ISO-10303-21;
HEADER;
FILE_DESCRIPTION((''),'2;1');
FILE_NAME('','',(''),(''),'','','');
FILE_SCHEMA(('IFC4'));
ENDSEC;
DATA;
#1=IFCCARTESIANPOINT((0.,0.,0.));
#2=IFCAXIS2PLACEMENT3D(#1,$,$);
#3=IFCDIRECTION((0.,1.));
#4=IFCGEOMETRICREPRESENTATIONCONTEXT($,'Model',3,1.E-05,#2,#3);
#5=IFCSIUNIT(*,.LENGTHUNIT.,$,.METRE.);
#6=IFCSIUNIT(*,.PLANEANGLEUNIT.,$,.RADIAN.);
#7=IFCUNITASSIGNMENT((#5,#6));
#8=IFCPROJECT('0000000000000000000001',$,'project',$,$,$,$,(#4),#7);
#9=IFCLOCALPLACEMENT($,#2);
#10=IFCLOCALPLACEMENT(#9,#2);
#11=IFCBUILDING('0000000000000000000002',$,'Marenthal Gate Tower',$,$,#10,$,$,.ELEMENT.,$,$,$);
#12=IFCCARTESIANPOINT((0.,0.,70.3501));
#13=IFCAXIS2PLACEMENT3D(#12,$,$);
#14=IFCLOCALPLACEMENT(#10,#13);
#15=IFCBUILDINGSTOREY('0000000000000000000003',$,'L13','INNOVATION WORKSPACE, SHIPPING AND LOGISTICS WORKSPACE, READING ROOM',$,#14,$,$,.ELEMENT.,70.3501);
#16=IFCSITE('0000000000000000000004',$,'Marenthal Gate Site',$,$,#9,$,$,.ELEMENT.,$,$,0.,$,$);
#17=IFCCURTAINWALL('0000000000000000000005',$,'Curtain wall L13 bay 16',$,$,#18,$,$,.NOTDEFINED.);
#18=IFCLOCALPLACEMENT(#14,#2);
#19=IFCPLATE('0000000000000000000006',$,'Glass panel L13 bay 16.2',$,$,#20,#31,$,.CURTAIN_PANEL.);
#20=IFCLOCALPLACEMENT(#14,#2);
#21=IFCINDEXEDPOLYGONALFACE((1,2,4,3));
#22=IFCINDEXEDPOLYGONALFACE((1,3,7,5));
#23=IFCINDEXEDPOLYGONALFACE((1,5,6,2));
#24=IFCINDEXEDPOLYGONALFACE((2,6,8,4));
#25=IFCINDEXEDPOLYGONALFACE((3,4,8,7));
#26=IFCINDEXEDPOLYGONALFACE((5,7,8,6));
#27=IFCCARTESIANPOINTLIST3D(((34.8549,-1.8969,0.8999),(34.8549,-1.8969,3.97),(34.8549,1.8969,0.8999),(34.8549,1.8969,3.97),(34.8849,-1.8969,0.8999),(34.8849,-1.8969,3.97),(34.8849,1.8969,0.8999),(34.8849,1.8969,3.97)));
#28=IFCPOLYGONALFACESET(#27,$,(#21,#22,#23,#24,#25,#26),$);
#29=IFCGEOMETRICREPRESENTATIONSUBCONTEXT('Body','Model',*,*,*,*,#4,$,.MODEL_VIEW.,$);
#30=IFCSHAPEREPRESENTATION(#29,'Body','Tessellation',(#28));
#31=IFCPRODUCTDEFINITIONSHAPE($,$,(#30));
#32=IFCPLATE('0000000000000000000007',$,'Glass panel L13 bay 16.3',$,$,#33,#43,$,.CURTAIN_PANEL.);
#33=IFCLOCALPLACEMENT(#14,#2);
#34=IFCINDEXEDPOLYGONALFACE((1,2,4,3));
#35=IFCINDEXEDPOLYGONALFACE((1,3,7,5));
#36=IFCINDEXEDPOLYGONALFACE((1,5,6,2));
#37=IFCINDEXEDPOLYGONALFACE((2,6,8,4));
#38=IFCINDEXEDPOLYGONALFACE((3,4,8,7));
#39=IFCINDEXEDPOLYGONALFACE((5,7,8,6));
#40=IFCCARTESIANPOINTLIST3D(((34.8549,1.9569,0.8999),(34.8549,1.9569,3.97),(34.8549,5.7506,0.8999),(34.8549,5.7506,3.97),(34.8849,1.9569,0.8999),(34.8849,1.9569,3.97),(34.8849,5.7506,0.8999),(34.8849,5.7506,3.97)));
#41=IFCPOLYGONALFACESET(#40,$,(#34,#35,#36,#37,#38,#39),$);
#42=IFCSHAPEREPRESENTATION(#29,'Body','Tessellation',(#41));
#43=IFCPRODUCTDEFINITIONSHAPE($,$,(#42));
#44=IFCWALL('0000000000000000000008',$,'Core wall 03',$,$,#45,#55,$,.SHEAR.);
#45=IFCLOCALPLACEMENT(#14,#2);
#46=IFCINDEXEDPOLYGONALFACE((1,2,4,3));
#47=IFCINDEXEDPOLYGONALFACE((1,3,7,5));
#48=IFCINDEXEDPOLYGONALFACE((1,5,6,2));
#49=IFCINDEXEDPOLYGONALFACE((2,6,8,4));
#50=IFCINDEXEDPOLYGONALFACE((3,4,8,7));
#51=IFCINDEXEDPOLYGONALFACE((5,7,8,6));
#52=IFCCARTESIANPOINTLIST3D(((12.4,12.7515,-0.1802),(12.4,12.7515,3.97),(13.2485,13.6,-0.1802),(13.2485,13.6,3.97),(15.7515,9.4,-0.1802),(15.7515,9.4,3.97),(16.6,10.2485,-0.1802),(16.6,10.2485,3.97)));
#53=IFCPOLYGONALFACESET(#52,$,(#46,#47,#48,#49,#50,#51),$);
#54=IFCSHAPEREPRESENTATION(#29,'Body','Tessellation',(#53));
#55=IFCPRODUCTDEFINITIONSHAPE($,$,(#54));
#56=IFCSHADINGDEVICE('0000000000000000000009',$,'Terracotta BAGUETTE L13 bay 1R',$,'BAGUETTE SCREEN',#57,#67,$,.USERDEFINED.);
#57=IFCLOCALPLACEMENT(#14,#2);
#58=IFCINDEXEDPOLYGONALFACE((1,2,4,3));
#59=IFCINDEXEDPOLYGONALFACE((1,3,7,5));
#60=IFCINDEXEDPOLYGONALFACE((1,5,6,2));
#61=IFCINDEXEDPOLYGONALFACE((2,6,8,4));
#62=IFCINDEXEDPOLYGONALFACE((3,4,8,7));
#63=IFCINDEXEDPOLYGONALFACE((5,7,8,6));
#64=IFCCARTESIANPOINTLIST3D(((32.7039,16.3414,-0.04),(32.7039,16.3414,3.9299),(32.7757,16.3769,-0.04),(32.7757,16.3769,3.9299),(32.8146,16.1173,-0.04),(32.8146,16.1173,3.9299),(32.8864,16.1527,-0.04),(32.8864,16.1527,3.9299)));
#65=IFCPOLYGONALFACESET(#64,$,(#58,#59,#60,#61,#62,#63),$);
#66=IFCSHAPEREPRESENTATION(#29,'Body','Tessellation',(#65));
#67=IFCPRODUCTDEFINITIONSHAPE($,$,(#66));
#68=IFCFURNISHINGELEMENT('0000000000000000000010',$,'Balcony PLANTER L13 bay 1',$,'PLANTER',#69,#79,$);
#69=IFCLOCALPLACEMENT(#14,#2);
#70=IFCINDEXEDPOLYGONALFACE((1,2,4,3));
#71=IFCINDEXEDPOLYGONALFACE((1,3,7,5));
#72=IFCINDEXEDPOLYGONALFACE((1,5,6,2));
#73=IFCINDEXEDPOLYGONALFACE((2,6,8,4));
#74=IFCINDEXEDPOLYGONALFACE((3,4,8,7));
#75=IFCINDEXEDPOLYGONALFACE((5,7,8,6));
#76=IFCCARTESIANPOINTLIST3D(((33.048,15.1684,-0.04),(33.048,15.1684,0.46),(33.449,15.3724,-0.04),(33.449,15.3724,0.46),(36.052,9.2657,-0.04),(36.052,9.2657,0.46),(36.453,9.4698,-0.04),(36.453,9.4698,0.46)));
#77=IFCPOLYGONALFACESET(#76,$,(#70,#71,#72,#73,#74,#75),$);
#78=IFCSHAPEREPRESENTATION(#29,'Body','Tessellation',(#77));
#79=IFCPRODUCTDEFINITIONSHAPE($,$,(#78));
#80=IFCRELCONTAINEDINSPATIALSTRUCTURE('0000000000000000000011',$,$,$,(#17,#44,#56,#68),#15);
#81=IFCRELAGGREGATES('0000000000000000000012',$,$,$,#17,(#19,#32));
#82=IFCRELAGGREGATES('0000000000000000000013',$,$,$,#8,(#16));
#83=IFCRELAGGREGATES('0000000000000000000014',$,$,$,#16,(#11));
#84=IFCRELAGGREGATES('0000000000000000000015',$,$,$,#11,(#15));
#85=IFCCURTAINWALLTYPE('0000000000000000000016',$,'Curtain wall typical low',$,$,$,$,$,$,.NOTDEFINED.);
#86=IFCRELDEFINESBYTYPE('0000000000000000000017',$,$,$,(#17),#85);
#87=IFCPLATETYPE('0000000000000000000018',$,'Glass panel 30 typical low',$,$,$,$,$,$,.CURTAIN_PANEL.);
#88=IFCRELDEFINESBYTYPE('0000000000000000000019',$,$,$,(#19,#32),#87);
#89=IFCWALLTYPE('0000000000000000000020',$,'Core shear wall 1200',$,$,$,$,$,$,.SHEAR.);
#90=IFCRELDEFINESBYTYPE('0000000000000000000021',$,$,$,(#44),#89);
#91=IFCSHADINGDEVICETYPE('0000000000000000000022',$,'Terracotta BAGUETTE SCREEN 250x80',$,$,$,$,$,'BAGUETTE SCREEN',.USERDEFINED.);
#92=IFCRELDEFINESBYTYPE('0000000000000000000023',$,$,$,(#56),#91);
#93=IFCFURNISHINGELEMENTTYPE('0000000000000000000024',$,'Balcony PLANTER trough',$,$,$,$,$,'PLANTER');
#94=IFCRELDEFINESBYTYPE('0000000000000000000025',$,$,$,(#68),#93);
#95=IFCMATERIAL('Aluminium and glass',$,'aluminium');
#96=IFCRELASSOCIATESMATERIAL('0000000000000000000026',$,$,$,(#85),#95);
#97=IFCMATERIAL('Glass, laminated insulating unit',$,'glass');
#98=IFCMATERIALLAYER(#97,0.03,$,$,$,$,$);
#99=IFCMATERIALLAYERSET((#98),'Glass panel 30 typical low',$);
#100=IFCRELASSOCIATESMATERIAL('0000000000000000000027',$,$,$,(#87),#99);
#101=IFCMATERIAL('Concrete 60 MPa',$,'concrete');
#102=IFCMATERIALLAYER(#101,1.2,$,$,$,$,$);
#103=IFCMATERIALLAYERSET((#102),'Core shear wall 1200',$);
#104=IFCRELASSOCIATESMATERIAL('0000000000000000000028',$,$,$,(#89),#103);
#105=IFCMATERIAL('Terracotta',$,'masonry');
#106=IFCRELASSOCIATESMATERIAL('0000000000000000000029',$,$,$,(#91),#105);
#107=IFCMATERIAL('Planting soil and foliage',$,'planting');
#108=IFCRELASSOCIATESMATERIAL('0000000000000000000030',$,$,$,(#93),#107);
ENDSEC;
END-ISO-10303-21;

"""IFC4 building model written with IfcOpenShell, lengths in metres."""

from ifc_helpers import new_model, si_unit, direction, frame, frame_2d, origin, origin_2d, place, context, subcontext, project, spatial, rectangle, extrude, material, layer, layer_set, material_profile, profile_set, type_object, element, aggregate, save


model = new_model("IFC4")

# Units and contexts
model_context = context("Model", 3, precision=1e-05, world=origin(), true_north=direction((0.0, 1.0)))
body_context = subcontext(model_context, "Body", "Model", "MODEL_VIEW")
ifc_project = project(units=[si_unit("LENGTHUNIT", "METRE"), si_unit("PLANEANGLEUNIT", "RADIAN")], contexts=[model_context])

# Site, building, storey
site_placement = place(None, origin())
site = spatial("IfcSite", under=ifc_project, at=site_placement, Name="Marenthal Gate Site", CompositionType="ELEMENT", RefElevation=0.0)
building_placement = place(site_placement, origin())
building = spatial("IfcBuilding", under=site, at=building_placement, Name="Marenthal Gate Tower", CompositionType="ELEMENT")
storey_placement = place(building_placement, frame((0.0, 0.0, 70.3501)))
storey = spatial("IfcBuildingStorey", under=building, at=storey_placement, Name="L13", Description="INNOVATION WORKSPACE, SHIPPING AND LOGISTICS WORKSPACE, READING ROOM", CompositionType="ELEMENT", Elevation=70.3501)

# Curtain wall
ifc_material_1 = material(Name="Aluminium and glass", Category="aluminium")
curtain_wall_type = type_object("IfcCurtainWallType", Name="Curtain wall typical low", PredefinedType="NOTDEFINED", material=ifc_material_1)
curtain_wall_placement = place(storey_placement, origin())
curtain_wall = element("IfcCurtainWall", 1, at=curtain_wall_placement, inside=storey, type_object=curtain_wall_type, Name="Curtain wall L13 bay 16", PredefinedType="NOTDEFINED")

# Plates
ifc_material_2 = material(Name="Glass, laminated insulating unit", Category="glass")
ifc_layer_1 = layer(ifc_material_2, 0.03)
ifc_layer_set_1 = layer_set([ifc_layer_1], Name="Glass panel 30 typical low")
plate_type = type_object("IfcPlateType", Name="Glass panel 30 typical low", PredefinedType="CURTAIN_PANEL", material=ifc_layer_set_1)
plate_1_placement = place(storey_placement, frame((34.8699, 0.0, 0.8999), z_axis=(0.0, 0.0, 1.0), x_axis=(0.0, 1.0, 0.0)))
plate_1 = element("IfcPlate", 2, at=plate_1_placement, type_object=plate_type, Name="Glass panel L13 bay 16.2", PredefinedType="CURTAIN_PANEL", context=body_context, shape_type="SweptSolid", body=[
    extrude(rectangle(XDim=3.7937, YDim=0.03, at=origin_2d()), origin(), (0.0, 0.0, 1.0), 3.0701),
])
plate_2_placement = place(storey_placement, frame((34.8699, 3.8538, 0.8999), z_axis=(0.0, 0.0, 1.0), x_axis=(0.0, 1.0, 0.0)))
plate_2 = element("IfcPlate", 3, at=plate_2_placement, type_object=plate_type, Name="Glass panel L13 bay 16.3", PredefinedType="CURTAIN_PANEL", context=body_context, shape_type="SweptSolid", body=[
    extrude(rectangle(XDim=3.7937, YDim=0.03, at=origin_2d()), origin(), (0.0, 0.0, 1.0), 3.0701),
])
aggregate(curtain_wall, [plate_1, plate_2])

# Wall
ifc_material_3 = material(Name="Concrete 60 MPa", Category="concrete")
ifc_layer_2 = layer(ifc_material_3, 1.2)
ifc_layer_set_2 = layer_set([ifc_layer_2], Name="Core shear wall 1200")
wall_type_1 = type_object("IfcWallType", Name="Core shear wall 1200", PredefinedType="SHEAR", material=ifc_layer_set_2)
wall_1_placement = place(storey_placement, frame((16.1758, 9.8242, -0.1802), z_axis=(0.0, 0.0, 1.0), x_axis=(-0.707107, 0.707107, 0.0)))
element("IfcWall", 4, at=wall_1_placement, inside=storey, type_object=wall_type_1, Name="Core wall 03", PredefinedType="SHEAR", context=body_context, shape_type="SweptSolid", body=[
    extrude(rectangle(XDim=4.7397, YDim=1.2, at=frame_2d((2.3699, 0.0))), origin(), (0.0, 0.0, 1.0), 4.1501),
])

# Shading device
ifc_material_4 = material(Name="Terracotta", Category="masonry")
ifc_material_profile_1 = material_profile(ifc_material_4, rectangle(XDim=0.25, YDim=0.0801, at=origin_2d()), Name="Terracotta baguette 250x80")
ifc_profile_set_1 = profile_set([ifc_material_profile_1], Name="Terracotta")
shading_device_type = type_object("IfcShadingDeviceType", Name="Terracotta BAGUETTE SCREEN 250x80", ElementType="BAGUETTE SCREEN", PredefinedType="USERDEFINED", material=ifc_profile_set_1)
shading_device_placement = place(storey_placement, frame((32.7952, 16.2471, -0.04), z_axis=(0.0, 0.0, 1.0), x_axis=(-0.442939, 0.896552, 0.0)))
element("IfcShadingDevice", 5, at=shading_device_placement, inside=storey, type_object=shading_device_type, Name="Terracotta BAGUETTE L13 bay 1R", ObjectType="BAGUETTE SCREEN", PredefinedType="USERDEFINED", context=body_context, shape_type="SweptSolid", body=[
    extrude(rectangle(XDim=0.25, YDim=0.0801, at=origin_2d()), origin(), (0.0, 0.0, 1.0), 3.97),
])

# Furnishing element
ifc_material_5 = material(Name="Planting soil and foliage", Category="planting")
furnishing_element_type = type_object("IfcFurnishingElementType", Name="Balcony PLANTER trough", ElementType="PLANTER", material=ifc_material_5)
furnishing_placement = place(storey_placement, frame((34.7505, 12.3191, -0.04), z_axis=(0.0, 0.0, 1.0), x_axis=(-0.453561, 0.891225, 0.0)))
element("IfcFurnishingElement", 6, at=furnishing_placement, inside=storey, type_object=furnishing_element_type, Name="Balcony PLANTER L13 bay 1", ObjectType="PLANTER", context=body_context, shape_type="SweptSolid", body=[
    extrude(rectangle(XDim=6.623, YDim=0.45, at=origin_2d()), origin(), (0.0, 0.0, 1.0), 0.5),
])

save(model, "model.ifc")
